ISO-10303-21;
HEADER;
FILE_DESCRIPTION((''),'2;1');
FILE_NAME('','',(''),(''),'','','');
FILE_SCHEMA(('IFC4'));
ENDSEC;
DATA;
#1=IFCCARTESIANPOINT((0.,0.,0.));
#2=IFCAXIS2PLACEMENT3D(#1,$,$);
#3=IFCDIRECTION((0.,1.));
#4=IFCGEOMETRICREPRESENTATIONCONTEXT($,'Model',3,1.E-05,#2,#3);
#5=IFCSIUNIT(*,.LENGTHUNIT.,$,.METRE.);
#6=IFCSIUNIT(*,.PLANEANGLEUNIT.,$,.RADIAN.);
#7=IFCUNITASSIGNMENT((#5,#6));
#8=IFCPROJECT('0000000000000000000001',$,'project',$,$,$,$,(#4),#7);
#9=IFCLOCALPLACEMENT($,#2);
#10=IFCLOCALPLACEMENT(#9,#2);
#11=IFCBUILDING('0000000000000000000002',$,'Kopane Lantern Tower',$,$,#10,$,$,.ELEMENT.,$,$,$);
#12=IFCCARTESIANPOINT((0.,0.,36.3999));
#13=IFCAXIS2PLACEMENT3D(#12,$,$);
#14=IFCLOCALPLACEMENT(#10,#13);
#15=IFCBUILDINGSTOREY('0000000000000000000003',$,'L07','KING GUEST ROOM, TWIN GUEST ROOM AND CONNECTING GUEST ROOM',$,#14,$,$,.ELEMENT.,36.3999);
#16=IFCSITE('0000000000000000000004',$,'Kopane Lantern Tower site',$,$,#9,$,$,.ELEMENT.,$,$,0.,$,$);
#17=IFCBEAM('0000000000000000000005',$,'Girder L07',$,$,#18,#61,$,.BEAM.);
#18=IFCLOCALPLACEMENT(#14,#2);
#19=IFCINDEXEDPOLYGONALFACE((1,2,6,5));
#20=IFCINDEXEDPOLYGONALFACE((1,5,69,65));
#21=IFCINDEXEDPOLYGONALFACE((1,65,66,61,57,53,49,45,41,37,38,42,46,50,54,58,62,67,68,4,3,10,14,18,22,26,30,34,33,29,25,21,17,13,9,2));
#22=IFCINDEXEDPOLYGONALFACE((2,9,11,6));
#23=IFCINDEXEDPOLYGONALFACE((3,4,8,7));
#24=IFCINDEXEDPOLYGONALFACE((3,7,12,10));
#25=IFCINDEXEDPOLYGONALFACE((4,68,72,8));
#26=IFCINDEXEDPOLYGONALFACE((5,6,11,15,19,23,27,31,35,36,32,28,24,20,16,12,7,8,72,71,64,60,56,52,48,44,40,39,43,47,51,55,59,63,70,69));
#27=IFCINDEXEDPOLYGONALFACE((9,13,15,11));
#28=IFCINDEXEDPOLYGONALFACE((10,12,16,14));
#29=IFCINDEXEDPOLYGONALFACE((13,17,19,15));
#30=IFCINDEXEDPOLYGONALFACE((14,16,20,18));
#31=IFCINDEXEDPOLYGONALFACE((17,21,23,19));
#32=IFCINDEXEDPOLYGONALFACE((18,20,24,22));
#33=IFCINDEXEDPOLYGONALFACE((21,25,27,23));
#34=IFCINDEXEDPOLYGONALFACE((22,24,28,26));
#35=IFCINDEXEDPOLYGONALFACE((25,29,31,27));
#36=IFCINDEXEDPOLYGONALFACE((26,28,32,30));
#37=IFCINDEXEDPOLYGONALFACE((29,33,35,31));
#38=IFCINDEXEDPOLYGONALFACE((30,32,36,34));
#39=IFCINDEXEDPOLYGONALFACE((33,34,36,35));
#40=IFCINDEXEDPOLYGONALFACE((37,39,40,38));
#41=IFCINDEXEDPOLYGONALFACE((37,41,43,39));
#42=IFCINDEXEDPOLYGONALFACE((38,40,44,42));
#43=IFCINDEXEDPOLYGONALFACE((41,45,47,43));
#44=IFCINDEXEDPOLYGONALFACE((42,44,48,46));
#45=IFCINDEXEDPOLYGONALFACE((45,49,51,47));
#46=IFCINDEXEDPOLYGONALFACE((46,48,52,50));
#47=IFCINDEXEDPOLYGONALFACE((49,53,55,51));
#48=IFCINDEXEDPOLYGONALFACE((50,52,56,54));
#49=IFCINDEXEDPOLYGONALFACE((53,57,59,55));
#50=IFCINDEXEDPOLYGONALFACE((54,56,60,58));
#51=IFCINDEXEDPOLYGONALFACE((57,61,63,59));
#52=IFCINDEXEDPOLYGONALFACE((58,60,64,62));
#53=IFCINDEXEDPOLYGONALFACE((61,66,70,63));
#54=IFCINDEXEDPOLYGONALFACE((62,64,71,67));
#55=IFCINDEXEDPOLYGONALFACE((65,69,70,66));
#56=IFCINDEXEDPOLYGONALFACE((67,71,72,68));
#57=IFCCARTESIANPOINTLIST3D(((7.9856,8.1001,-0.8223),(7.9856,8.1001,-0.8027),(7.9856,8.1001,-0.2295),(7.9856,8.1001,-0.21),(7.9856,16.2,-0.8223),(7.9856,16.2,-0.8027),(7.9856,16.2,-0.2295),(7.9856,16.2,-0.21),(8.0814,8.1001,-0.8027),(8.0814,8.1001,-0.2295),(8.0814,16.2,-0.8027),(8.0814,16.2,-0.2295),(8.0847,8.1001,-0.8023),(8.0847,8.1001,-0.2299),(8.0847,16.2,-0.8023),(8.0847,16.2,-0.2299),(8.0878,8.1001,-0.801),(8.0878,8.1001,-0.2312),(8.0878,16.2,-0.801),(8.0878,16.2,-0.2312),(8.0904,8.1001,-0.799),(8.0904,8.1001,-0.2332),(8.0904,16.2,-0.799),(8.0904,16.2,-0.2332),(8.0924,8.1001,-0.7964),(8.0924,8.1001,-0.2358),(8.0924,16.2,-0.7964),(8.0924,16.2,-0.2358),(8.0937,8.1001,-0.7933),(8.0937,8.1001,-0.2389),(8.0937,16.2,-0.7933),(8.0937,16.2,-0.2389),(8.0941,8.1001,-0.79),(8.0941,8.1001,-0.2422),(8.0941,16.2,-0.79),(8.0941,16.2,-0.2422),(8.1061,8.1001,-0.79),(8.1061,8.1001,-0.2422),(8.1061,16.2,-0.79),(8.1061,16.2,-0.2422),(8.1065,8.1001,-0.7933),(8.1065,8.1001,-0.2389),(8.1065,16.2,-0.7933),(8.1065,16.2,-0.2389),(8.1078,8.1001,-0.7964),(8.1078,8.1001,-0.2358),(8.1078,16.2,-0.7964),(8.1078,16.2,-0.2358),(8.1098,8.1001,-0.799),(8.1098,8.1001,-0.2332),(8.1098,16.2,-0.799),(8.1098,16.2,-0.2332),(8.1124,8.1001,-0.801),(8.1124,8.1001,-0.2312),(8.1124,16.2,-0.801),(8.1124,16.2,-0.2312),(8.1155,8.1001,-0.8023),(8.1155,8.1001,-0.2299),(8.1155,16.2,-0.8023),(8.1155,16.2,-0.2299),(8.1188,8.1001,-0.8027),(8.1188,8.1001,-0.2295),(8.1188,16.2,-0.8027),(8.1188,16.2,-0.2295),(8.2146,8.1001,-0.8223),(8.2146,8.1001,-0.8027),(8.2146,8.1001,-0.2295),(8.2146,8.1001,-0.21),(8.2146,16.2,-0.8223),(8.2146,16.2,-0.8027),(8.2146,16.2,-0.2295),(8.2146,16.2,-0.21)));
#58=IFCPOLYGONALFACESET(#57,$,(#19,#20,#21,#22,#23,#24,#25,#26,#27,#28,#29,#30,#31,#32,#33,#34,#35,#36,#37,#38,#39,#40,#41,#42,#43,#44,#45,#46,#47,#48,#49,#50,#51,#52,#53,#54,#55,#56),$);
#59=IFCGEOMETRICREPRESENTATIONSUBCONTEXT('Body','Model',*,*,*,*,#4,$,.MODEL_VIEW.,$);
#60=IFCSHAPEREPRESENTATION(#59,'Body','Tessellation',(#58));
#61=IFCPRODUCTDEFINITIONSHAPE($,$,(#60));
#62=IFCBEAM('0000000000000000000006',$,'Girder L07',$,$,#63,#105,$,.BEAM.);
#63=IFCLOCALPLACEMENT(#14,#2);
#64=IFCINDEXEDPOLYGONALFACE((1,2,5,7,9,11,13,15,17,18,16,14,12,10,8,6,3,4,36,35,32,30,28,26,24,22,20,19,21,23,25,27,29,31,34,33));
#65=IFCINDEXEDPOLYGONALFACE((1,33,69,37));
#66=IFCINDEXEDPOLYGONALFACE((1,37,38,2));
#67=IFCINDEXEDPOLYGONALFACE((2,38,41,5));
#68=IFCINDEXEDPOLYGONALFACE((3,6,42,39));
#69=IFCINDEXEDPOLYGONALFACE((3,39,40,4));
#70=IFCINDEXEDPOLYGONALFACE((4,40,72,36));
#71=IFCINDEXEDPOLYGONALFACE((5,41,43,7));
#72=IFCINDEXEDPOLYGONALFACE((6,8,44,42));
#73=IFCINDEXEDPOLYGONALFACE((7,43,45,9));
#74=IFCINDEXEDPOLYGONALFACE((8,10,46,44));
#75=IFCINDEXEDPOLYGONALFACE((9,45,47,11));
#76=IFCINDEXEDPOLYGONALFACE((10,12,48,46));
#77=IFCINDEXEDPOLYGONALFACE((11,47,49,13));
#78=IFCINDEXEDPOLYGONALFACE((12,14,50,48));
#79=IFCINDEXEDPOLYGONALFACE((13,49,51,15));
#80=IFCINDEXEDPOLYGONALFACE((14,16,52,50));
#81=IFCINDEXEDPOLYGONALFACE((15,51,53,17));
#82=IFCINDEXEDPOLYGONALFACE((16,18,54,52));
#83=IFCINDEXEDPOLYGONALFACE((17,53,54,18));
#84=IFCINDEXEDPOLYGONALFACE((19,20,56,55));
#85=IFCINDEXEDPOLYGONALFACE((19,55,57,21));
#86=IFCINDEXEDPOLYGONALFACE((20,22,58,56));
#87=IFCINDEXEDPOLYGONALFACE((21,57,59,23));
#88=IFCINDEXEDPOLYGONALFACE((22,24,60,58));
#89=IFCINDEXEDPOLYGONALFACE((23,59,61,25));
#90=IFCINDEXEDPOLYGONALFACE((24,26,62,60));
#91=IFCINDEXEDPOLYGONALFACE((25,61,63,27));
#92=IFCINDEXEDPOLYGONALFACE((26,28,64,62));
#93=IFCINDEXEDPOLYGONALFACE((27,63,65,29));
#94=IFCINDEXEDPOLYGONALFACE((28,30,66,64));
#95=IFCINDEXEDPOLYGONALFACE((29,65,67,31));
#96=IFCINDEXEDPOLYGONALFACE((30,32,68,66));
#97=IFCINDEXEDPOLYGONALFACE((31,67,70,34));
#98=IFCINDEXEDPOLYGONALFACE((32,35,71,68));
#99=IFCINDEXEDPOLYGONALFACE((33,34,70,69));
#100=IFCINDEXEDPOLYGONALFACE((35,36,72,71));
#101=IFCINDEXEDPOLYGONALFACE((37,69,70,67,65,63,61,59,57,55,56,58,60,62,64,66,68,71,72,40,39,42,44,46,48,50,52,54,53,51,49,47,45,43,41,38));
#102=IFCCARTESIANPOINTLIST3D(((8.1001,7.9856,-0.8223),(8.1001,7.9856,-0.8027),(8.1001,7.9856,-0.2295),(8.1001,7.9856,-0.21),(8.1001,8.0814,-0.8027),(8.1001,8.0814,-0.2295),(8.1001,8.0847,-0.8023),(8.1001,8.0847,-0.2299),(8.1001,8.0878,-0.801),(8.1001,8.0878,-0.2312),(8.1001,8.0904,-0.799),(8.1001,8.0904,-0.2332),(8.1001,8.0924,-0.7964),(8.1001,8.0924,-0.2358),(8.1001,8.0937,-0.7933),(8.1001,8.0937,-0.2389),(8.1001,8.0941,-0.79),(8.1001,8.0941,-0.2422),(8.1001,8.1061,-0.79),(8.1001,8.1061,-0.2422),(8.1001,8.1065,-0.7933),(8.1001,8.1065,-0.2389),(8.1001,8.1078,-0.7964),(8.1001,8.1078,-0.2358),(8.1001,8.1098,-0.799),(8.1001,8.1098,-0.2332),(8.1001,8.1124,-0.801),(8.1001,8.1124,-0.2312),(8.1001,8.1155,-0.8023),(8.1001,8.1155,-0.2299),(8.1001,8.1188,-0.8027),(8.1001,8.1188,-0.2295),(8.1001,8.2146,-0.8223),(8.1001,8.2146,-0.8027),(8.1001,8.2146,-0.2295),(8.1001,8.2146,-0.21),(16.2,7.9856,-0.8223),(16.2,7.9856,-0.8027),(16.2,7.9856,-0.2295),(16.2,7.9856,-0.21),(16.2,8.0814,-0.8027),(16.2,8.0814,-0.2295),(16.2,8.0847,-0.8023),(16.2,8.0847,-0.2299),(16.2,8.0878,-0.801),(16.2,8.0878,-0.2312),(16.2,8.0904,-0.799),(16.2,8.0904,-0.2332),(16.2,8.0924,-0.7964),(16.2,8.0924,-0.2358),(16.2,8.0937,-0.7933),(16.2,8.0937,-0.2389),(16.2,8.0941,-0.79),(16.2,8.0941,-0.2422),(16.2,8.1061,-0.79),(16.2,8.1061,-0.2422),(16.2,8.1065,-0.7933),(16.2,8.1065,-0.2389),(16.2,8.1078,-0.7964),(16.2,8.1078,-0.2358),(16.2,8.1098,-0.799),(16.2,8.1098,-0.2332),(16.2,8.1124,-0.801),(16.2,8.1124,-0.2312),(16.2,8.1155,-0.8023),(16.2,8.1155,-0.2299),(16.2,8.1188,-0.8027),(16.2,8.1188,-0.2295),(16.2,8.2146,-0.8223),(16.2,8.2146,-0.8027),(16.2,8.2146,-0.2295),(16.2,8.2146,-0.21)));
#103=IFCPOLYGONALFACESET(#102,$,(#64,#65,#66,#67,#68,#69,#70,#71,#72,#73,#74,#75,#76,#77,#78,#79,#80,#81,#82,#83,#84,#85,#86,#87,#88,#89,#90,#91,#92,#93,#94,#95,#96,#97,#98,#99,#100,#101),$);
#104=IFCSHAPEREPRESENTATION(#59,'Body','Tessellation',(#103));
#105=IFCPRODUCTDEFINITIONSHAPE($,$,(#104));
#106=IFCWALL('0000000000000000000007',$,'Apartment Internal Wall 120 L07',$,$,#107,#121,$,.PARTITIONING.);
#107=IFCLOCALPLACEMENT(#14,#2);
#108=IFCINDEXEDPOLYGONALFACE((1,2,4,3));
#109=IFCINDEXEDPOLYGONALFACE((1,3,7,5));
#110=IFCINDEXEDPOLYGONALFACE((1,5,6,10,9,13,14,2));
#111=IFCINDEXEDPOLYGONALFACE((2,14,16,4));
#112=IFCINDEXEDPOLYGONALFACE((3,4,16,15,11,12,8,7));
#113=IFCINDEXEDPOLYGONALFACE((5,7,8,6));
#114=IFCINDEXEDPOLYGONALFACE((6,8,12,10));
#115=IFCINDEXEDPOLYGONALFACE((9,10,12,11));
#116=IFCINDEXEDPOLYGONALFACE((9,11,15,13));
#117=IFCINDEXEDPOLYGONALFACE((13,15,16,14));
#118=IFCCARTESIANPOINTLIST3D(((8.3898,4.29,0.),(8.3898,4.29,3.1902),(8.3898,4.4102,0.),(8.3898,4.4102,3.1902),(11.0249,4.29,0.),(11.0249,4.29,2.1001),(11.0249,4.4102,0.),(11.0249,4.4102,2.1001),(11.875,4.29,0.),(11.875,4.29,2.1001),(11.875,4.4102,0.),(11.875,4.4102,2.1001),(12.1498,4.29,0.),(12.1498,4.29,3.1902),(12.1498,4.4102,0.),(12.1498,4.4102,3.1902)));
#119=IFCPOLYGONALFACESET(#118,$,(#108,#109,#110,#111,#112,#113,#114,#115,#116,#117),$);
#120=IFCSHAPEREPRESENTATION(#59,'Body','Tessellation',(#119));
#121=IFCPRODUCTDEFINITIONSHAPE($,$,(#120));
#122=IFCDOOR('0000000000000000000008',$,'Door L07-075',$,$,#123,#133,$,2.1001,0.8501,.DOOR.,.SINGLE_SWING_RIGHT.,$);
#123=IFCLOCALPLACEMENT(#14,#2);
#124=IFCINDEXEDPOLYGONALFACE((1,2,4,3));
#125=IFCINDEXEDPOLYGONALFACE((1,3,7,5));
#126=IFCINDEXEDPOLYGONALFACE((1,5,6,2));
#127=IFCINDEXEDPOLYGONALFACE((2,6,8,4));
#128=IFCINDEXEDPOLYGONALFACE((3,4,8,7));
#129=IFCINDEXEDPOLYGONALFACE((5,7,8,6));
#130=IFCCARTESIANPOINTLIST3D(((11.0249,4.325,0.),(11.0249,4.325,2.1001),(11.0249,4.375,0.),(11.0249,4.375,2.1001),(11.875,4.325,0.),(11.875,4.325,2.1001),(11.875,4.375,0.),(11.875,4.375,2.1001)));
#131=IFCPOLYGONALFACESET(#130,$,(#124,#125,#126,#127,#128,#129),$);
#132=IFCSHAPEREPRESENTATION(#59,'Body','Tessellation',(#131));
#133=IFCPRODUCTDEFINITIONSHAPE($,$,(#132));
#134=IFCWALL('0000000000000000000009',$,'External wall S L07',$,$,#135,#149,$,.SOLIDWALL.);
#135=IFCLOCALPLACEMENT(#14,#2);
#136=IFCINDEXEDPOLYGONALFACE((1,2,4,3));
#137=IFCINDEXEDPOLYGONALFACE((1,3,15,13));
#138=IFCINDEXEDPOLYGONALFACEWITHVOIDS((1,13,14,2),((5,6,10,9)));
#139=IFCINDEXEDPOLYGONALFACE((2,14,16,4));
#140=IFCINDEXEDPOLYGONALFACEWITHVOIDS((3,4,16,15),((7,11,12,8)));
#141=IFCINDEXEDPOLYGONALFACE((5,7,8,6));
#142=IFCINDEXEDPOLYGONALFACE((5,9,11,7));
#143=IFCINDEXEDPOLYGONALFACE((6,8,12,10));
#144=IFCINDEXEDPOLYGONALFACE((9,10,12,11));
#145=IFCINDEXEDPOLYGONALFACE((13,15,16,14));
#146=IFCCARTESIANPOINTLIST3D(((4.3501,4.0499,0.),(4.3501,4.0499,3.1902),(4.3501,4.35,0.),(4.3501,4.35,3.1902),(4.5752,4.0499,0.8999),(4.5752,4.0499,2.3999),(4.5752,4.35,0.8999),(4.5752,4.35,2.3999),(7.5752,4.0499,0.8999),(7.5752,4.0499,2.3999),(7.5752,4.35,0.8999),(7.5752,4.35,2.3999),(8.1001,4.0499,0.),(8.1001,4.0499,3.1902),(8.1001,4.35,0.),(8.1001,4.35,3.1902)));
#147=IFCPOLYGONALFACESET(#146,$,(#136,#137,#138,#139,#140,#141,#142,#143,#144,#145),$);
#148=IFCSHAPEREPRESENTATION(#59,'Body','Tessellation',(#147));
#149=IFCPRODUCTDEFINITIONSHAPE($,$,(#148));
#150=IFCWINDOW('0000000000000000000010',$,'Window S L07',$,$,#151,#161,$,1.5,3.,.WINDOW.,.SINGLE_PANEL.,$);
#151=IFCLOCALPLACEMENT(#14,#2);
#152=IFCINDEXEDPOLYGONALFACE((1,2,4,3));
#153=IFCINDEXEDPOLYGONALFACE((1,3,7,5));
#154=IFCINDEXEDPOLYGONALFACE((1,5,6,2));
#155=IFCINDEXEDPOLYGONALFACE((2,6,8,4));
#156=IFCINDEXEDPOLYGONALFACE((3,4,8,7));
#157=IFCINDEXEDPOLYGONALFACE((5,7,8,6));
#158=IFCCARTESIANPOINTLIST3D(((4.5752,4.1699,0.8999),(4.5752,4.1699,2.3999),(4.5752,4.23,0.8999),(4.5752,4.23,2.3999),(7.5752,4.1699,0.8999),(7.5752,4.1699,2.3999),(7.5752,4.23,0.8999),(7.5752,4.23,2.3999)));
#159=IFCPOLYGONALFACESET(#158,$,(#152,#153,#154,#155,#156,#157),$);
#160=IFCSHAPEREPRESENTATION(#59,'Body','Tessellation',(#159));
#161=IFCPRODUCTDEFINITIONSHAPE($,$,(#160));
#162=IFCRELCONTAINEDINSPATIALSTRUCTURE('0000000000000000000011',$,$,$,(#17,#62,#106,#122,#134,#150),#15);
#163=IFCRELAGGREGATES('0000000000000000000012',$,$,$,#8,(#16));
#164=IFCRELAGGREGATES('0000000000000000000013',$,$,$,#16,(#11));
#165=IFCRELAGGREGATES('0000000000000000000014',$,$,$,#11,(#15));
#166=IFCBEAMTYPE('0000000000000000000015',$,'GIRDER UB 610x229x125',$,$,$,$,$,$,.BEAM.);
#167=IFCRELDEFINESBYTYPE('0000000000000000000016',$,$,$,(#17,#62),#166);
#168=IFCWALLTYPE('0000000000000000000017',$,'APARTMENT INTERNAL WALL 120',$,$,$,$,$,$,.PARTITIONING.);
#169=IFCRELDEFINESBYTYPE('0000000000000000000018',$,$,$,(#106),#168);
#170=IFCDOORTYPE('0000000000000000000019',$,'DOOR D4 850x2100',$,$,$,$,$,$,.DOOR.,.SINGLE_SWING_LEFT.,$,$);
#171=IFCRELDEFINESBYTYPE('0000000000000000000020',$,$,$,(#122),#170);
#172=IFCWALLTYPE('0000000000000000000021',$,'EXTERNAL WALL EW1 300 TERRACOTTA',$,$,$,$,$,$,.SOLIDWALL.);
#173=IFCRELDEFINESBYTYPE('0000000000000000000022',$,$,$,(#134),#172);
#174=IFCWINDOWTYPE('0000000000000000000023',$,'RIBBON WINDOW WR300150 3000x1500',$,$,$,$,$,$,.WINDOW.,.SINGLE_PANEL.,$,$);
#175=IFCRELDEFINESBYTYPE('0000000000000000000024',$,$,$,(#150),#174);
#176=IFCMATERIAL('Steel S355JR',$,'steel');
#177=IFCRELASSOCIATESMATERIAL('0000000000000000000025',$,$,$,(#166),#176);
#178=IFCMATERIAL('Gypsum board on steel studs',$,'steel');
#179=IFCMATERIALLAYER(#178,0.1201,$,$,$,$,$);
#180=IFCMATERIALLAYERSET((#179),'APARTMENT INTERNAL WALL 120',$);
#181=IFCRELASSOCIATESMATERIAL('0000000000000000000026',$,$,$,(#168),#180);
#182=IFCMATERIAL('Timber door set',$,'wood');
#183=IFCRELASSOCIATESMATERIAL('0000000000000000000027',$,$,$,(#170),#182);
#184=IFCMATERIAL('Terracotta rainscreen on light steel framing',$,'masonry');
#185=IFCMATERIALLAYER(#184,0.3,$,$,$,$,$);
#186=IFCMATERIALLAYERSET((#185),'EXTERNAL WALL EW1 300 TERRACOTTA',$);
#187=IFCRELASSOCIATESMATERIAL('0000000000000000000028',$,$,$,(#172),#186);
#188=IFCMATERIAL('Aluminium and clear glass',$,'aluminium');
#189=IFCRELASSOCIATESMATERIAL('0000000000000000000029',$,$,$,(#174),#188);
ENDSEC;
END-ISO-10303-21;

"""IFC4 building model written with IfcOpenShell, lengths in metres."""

from ifc_helpers import new_model, si_unit, direction, frame, frame_2d, origin, origin_2d, place, context, subcontext, project, spatial, rectangle, i_section, extrude, material, layer, layer_set, material_profile, profile_set, type_object, element, fill, save


model = new_model("IFC4")

# Units and contexts
model_context = context("Model", 3, precision=1e-05, world=origin(), true_north=direction((0.0, 1.0)))
body_context = subcontext(model_context, "Body", "Model", "MODEL_VIEW")
ifc_project = project(units=[si_unit("LENGTHUNIT", "METRE"), si_unit("PLANEANGLEUNIT", "RADIAN")], contexts=[model_context])

# Site, building, storey
site_placement = place(None, origin())
site = spatial("IfcSite", under=ifc_project, at=site_placement, Name="Kopane Lantern Tower site", CompositionType="ELEMENT", RefElevation=0.0)
building_placement = place(site_placement, origin())
building = spatial("IfcBuilding", under=site, at=building_placement, Name="Kopane Lantern Tower", CompositionType="ELEMENT")
storey_placement = place(building_placement, frame((0.0, 0.0, 36.3999)))
storey = spatial("IfcBuildingStorey", under=building, at=storey_placement, Name="L07", Description="KING GUEST ROOM, TWIN GUEST ROOM AND CONNECTING GUEST ROOM", CompositionType="ELEMENT", Elevation=36.3999)

# Beams
ifc_material_1 = material(Name="Steel S355JR", Category="steel")
ifc_material_profile_1 = material_profile(ifc_material_1, i_section(OverallWidth=0.229, OverallDepth=0.6123, WebThickness=0.012, FlangeThickness=0.0195, FilletRadius=0.0127, at=origin_2d()), Name="UB 610x229x125")
ifc_profile_set_1 = profile_set([ifc_material_profile_1], Name="Steel S355JR")
beam_type_1 = type_object("IfcBeamType", Name="GIRDER UB 610x229x125", PredefinedType="BEAM", material=ifc_profile_set_1)
for number, where, z_axis, x_axis, name in (
    (1, (8.1001, 8.1001, -0.5161), (0.0, 1.0, 0.0), (-1.0, 0.0, 0.0), "Girder L07"),
    (2, (8.1001, 8.1001, -0.5161), (1.0, 0.0, 0.0), (0.0, 1.0, 0.0), "Girder L07"),
):
    element("IfcBeam", number, at=place(storey_placement, frame(where, z_axis=z_axis, x_axis=x_axis)), inside=storey, type_object=beam_type_1, Name=name, PredefinedType="BEAM", context=body_context, shape_type="SweptSolid", body=[
        extrude(i_section(OverallWidth=0.229, OverallDepth=0.6123, WebThickness=0.012, FlangeThickness=0.0195, FilletRadius=0.0127, at=origin_2d()), origin(), (0.0, 0.0, 1.0), 8.0999),
    ])

# Wall, opening, door
ifc_material_2 = material(Name="Gypsum board on steel studs", Category="steel")
ifc_layer_1 = layer(ifc_material_2, 0.1201)
ifc_layer_set_1 = layer_set([ifc_layer_1], Name="APARTMENT INTERNAL WALL 120")
wall_type_1 = type_object("IfcWallType", Name="APARTMENT INTERNAL WALL 120", PredefinedType="PARTITIONING", material=ifc_layer_set_1)
wall_1_placement = place(storey_placement, frame((8.3899, 4.3501, 0.0), z_axis=(0.0, 0.0, 1.0), x_axis=(1.0, 0.0, 0.0)))
wall_1 = element("IfcWall", 3, at=wall_1_placement, inside=storey, type_object=wall_type_1, Name="Apartment Internal Wall 120 L07", PredefinedType="PARTITIONING", context=body_context, shape_type="SweptSolid", body=[
    extrude(rectangle(XDim=3.76, YDim=0.1201, at=frame_2d((1.8799, 0.0))), origin(), (0.0, 0.0, 1.0), 3.1902),
])
opening_1_placement = place(wall_1_placement, frame((2.635, 0.0, 0.0)))
opening_1 = element("IfcOpeningElement", 4, at=opening_1_placement, cuts=wall_1, PredefinedType="OPENING", context=body_context, shape_type="SweptSolid", body=[
    extrude(rectangle(XDim=0.8501, YDim=2.1001, at=frame_2d((0.425, 1.05))), frame((0.0, 0.0701, 0.0), z_axis=(0.0, -1.0, 0.0), x_axis=(1.0, 0.0, 0.0)), (0.0, 0.0, 1.0), 0.1401),
])
ifc_material_3 = material(Name="Timber door set", Category="wood")
door_type = type_object("IfcDoorType", Name="DOOR D4 850x2100", OperationType="SINGLE_SWING_LEFT", PredefinedType="DOOR", material=ifc_material_3)
door_placement = place(opening_1_placement, origin())
door = element("IfcDoor", 5, at=door_placement, inside=storey, type_object=door_type, Name="Door L07-075", OperationType="SINGLE_SWING_RIGHT", OverallHeight=2.1001, OverallWidth=0.8501, PredefinedType="DOOR", context=body_context, shape_type="SweptSolid", body=[
    extrude(rectangle(XDim=0.8501, YDim=2.1001, at=frame_2d((0.425, 1.05))), frame((0.0, 0.0249, 0.0), z_axis=(0.0, -1.0, 0.0), x_axis=(1.0, 0.0, 0.0)), (0.0, 0.0, 1.0), 0.05),
])
fill(opening_1, door)

# Shared definitions
ifc_material_4 = material(Name="Terracotta rainscreen on light steel framing", Category="masonry")
ifc_layer_2 = layer(ifc_material_4, 0.3)
ifc_layer_set_2 = layer_set([ifc_layer_2], Name="EXTERNAL WALL EW1 300 TERRACOTTA")
wall_type_2 = type_object("IfcWallType", Name="EXTERNAL WALL EW1 300 TERRACOTTA", PredefinedType="SOLIDWALL", material=ifc_layer_set_2)

# Wall, opening, window
wall_2_placement = place(storey_placement, frame((4.3501, 4.2, 0.0), z_axis=(0.0, 0.0, 1.0), x_axis=(1.0, 0.0, 0.0)))
wall_2 = element("IfcWall", 6, at=wall_2_placement, inside=storey, type_object=wall_type_2, Name="External wall S L07", PredefinedType="SOLIDWALL", context=body_context, shape_type="SweptSolid", body=[
    extrude(rectangle(XDim=3.75, YDim=0.3, at=frame_2d((1.875, 0.0))), origin(), (0.0, 0.0, 1.0), 3.1902),
])
opening_2_placement = place(wall_2_placement, frame((0.2251, 0.0, 0.8999)))
opening_2 = element("IfcOpeningElement", 7, at=opening_2_placement, cuts=wall_2, PredefinedType="OPENING", context=body_context, shape_type="SweptSolid", body=[
    extrude(rectangle(XDim=3.0, YDim=1.5, at=frame_2d((1.5, 0.75))), frame((0.0, 0.1599, 0.0), z_axis=(0.0, -1.0, 0.0), x_axis=(1.0, 0.0, 0.0)), (0.0, 0.0, 1.0), 0.3201),
])
ifc_material_5 = material(Name="Aluminium and clear glass", Category="aluminium")
window_type_1 = type_object("IfcWindowType", Name="RIBBON WINDOW WR300150 3000x1500", PartitioningType="SINGLE_PANEL", PredefinedType="WINDOW", material=ifc_material_5)
window_1_placement = place(opening_2_placement, origin())
window_1 = element("IfcWindow", 8, at=window_1_placement, inside=storey, type_object=window_type_1, Name="Window S L07", OverallHeight=1.5, OverallWidth=3.0, PartitioningType="SINGLE_PANEL", PredefinedType="WINDOW", context=body_context, shape_type="SweptSolid", body=[
    extrude(rectangle(XDim=3.0, YDim=1.5, at=frame_2d((1.5, 0.75))), frame((0.0, 0.03, 0.0), z_axis=(0.0, -1.0, 0.0), x_axis=(1.0, 0.0, 0.0)), (0.0, 0.0, 1.0), 0.0601),
])
fill(opening_2, window_1)

save(model, "model.ifc")
